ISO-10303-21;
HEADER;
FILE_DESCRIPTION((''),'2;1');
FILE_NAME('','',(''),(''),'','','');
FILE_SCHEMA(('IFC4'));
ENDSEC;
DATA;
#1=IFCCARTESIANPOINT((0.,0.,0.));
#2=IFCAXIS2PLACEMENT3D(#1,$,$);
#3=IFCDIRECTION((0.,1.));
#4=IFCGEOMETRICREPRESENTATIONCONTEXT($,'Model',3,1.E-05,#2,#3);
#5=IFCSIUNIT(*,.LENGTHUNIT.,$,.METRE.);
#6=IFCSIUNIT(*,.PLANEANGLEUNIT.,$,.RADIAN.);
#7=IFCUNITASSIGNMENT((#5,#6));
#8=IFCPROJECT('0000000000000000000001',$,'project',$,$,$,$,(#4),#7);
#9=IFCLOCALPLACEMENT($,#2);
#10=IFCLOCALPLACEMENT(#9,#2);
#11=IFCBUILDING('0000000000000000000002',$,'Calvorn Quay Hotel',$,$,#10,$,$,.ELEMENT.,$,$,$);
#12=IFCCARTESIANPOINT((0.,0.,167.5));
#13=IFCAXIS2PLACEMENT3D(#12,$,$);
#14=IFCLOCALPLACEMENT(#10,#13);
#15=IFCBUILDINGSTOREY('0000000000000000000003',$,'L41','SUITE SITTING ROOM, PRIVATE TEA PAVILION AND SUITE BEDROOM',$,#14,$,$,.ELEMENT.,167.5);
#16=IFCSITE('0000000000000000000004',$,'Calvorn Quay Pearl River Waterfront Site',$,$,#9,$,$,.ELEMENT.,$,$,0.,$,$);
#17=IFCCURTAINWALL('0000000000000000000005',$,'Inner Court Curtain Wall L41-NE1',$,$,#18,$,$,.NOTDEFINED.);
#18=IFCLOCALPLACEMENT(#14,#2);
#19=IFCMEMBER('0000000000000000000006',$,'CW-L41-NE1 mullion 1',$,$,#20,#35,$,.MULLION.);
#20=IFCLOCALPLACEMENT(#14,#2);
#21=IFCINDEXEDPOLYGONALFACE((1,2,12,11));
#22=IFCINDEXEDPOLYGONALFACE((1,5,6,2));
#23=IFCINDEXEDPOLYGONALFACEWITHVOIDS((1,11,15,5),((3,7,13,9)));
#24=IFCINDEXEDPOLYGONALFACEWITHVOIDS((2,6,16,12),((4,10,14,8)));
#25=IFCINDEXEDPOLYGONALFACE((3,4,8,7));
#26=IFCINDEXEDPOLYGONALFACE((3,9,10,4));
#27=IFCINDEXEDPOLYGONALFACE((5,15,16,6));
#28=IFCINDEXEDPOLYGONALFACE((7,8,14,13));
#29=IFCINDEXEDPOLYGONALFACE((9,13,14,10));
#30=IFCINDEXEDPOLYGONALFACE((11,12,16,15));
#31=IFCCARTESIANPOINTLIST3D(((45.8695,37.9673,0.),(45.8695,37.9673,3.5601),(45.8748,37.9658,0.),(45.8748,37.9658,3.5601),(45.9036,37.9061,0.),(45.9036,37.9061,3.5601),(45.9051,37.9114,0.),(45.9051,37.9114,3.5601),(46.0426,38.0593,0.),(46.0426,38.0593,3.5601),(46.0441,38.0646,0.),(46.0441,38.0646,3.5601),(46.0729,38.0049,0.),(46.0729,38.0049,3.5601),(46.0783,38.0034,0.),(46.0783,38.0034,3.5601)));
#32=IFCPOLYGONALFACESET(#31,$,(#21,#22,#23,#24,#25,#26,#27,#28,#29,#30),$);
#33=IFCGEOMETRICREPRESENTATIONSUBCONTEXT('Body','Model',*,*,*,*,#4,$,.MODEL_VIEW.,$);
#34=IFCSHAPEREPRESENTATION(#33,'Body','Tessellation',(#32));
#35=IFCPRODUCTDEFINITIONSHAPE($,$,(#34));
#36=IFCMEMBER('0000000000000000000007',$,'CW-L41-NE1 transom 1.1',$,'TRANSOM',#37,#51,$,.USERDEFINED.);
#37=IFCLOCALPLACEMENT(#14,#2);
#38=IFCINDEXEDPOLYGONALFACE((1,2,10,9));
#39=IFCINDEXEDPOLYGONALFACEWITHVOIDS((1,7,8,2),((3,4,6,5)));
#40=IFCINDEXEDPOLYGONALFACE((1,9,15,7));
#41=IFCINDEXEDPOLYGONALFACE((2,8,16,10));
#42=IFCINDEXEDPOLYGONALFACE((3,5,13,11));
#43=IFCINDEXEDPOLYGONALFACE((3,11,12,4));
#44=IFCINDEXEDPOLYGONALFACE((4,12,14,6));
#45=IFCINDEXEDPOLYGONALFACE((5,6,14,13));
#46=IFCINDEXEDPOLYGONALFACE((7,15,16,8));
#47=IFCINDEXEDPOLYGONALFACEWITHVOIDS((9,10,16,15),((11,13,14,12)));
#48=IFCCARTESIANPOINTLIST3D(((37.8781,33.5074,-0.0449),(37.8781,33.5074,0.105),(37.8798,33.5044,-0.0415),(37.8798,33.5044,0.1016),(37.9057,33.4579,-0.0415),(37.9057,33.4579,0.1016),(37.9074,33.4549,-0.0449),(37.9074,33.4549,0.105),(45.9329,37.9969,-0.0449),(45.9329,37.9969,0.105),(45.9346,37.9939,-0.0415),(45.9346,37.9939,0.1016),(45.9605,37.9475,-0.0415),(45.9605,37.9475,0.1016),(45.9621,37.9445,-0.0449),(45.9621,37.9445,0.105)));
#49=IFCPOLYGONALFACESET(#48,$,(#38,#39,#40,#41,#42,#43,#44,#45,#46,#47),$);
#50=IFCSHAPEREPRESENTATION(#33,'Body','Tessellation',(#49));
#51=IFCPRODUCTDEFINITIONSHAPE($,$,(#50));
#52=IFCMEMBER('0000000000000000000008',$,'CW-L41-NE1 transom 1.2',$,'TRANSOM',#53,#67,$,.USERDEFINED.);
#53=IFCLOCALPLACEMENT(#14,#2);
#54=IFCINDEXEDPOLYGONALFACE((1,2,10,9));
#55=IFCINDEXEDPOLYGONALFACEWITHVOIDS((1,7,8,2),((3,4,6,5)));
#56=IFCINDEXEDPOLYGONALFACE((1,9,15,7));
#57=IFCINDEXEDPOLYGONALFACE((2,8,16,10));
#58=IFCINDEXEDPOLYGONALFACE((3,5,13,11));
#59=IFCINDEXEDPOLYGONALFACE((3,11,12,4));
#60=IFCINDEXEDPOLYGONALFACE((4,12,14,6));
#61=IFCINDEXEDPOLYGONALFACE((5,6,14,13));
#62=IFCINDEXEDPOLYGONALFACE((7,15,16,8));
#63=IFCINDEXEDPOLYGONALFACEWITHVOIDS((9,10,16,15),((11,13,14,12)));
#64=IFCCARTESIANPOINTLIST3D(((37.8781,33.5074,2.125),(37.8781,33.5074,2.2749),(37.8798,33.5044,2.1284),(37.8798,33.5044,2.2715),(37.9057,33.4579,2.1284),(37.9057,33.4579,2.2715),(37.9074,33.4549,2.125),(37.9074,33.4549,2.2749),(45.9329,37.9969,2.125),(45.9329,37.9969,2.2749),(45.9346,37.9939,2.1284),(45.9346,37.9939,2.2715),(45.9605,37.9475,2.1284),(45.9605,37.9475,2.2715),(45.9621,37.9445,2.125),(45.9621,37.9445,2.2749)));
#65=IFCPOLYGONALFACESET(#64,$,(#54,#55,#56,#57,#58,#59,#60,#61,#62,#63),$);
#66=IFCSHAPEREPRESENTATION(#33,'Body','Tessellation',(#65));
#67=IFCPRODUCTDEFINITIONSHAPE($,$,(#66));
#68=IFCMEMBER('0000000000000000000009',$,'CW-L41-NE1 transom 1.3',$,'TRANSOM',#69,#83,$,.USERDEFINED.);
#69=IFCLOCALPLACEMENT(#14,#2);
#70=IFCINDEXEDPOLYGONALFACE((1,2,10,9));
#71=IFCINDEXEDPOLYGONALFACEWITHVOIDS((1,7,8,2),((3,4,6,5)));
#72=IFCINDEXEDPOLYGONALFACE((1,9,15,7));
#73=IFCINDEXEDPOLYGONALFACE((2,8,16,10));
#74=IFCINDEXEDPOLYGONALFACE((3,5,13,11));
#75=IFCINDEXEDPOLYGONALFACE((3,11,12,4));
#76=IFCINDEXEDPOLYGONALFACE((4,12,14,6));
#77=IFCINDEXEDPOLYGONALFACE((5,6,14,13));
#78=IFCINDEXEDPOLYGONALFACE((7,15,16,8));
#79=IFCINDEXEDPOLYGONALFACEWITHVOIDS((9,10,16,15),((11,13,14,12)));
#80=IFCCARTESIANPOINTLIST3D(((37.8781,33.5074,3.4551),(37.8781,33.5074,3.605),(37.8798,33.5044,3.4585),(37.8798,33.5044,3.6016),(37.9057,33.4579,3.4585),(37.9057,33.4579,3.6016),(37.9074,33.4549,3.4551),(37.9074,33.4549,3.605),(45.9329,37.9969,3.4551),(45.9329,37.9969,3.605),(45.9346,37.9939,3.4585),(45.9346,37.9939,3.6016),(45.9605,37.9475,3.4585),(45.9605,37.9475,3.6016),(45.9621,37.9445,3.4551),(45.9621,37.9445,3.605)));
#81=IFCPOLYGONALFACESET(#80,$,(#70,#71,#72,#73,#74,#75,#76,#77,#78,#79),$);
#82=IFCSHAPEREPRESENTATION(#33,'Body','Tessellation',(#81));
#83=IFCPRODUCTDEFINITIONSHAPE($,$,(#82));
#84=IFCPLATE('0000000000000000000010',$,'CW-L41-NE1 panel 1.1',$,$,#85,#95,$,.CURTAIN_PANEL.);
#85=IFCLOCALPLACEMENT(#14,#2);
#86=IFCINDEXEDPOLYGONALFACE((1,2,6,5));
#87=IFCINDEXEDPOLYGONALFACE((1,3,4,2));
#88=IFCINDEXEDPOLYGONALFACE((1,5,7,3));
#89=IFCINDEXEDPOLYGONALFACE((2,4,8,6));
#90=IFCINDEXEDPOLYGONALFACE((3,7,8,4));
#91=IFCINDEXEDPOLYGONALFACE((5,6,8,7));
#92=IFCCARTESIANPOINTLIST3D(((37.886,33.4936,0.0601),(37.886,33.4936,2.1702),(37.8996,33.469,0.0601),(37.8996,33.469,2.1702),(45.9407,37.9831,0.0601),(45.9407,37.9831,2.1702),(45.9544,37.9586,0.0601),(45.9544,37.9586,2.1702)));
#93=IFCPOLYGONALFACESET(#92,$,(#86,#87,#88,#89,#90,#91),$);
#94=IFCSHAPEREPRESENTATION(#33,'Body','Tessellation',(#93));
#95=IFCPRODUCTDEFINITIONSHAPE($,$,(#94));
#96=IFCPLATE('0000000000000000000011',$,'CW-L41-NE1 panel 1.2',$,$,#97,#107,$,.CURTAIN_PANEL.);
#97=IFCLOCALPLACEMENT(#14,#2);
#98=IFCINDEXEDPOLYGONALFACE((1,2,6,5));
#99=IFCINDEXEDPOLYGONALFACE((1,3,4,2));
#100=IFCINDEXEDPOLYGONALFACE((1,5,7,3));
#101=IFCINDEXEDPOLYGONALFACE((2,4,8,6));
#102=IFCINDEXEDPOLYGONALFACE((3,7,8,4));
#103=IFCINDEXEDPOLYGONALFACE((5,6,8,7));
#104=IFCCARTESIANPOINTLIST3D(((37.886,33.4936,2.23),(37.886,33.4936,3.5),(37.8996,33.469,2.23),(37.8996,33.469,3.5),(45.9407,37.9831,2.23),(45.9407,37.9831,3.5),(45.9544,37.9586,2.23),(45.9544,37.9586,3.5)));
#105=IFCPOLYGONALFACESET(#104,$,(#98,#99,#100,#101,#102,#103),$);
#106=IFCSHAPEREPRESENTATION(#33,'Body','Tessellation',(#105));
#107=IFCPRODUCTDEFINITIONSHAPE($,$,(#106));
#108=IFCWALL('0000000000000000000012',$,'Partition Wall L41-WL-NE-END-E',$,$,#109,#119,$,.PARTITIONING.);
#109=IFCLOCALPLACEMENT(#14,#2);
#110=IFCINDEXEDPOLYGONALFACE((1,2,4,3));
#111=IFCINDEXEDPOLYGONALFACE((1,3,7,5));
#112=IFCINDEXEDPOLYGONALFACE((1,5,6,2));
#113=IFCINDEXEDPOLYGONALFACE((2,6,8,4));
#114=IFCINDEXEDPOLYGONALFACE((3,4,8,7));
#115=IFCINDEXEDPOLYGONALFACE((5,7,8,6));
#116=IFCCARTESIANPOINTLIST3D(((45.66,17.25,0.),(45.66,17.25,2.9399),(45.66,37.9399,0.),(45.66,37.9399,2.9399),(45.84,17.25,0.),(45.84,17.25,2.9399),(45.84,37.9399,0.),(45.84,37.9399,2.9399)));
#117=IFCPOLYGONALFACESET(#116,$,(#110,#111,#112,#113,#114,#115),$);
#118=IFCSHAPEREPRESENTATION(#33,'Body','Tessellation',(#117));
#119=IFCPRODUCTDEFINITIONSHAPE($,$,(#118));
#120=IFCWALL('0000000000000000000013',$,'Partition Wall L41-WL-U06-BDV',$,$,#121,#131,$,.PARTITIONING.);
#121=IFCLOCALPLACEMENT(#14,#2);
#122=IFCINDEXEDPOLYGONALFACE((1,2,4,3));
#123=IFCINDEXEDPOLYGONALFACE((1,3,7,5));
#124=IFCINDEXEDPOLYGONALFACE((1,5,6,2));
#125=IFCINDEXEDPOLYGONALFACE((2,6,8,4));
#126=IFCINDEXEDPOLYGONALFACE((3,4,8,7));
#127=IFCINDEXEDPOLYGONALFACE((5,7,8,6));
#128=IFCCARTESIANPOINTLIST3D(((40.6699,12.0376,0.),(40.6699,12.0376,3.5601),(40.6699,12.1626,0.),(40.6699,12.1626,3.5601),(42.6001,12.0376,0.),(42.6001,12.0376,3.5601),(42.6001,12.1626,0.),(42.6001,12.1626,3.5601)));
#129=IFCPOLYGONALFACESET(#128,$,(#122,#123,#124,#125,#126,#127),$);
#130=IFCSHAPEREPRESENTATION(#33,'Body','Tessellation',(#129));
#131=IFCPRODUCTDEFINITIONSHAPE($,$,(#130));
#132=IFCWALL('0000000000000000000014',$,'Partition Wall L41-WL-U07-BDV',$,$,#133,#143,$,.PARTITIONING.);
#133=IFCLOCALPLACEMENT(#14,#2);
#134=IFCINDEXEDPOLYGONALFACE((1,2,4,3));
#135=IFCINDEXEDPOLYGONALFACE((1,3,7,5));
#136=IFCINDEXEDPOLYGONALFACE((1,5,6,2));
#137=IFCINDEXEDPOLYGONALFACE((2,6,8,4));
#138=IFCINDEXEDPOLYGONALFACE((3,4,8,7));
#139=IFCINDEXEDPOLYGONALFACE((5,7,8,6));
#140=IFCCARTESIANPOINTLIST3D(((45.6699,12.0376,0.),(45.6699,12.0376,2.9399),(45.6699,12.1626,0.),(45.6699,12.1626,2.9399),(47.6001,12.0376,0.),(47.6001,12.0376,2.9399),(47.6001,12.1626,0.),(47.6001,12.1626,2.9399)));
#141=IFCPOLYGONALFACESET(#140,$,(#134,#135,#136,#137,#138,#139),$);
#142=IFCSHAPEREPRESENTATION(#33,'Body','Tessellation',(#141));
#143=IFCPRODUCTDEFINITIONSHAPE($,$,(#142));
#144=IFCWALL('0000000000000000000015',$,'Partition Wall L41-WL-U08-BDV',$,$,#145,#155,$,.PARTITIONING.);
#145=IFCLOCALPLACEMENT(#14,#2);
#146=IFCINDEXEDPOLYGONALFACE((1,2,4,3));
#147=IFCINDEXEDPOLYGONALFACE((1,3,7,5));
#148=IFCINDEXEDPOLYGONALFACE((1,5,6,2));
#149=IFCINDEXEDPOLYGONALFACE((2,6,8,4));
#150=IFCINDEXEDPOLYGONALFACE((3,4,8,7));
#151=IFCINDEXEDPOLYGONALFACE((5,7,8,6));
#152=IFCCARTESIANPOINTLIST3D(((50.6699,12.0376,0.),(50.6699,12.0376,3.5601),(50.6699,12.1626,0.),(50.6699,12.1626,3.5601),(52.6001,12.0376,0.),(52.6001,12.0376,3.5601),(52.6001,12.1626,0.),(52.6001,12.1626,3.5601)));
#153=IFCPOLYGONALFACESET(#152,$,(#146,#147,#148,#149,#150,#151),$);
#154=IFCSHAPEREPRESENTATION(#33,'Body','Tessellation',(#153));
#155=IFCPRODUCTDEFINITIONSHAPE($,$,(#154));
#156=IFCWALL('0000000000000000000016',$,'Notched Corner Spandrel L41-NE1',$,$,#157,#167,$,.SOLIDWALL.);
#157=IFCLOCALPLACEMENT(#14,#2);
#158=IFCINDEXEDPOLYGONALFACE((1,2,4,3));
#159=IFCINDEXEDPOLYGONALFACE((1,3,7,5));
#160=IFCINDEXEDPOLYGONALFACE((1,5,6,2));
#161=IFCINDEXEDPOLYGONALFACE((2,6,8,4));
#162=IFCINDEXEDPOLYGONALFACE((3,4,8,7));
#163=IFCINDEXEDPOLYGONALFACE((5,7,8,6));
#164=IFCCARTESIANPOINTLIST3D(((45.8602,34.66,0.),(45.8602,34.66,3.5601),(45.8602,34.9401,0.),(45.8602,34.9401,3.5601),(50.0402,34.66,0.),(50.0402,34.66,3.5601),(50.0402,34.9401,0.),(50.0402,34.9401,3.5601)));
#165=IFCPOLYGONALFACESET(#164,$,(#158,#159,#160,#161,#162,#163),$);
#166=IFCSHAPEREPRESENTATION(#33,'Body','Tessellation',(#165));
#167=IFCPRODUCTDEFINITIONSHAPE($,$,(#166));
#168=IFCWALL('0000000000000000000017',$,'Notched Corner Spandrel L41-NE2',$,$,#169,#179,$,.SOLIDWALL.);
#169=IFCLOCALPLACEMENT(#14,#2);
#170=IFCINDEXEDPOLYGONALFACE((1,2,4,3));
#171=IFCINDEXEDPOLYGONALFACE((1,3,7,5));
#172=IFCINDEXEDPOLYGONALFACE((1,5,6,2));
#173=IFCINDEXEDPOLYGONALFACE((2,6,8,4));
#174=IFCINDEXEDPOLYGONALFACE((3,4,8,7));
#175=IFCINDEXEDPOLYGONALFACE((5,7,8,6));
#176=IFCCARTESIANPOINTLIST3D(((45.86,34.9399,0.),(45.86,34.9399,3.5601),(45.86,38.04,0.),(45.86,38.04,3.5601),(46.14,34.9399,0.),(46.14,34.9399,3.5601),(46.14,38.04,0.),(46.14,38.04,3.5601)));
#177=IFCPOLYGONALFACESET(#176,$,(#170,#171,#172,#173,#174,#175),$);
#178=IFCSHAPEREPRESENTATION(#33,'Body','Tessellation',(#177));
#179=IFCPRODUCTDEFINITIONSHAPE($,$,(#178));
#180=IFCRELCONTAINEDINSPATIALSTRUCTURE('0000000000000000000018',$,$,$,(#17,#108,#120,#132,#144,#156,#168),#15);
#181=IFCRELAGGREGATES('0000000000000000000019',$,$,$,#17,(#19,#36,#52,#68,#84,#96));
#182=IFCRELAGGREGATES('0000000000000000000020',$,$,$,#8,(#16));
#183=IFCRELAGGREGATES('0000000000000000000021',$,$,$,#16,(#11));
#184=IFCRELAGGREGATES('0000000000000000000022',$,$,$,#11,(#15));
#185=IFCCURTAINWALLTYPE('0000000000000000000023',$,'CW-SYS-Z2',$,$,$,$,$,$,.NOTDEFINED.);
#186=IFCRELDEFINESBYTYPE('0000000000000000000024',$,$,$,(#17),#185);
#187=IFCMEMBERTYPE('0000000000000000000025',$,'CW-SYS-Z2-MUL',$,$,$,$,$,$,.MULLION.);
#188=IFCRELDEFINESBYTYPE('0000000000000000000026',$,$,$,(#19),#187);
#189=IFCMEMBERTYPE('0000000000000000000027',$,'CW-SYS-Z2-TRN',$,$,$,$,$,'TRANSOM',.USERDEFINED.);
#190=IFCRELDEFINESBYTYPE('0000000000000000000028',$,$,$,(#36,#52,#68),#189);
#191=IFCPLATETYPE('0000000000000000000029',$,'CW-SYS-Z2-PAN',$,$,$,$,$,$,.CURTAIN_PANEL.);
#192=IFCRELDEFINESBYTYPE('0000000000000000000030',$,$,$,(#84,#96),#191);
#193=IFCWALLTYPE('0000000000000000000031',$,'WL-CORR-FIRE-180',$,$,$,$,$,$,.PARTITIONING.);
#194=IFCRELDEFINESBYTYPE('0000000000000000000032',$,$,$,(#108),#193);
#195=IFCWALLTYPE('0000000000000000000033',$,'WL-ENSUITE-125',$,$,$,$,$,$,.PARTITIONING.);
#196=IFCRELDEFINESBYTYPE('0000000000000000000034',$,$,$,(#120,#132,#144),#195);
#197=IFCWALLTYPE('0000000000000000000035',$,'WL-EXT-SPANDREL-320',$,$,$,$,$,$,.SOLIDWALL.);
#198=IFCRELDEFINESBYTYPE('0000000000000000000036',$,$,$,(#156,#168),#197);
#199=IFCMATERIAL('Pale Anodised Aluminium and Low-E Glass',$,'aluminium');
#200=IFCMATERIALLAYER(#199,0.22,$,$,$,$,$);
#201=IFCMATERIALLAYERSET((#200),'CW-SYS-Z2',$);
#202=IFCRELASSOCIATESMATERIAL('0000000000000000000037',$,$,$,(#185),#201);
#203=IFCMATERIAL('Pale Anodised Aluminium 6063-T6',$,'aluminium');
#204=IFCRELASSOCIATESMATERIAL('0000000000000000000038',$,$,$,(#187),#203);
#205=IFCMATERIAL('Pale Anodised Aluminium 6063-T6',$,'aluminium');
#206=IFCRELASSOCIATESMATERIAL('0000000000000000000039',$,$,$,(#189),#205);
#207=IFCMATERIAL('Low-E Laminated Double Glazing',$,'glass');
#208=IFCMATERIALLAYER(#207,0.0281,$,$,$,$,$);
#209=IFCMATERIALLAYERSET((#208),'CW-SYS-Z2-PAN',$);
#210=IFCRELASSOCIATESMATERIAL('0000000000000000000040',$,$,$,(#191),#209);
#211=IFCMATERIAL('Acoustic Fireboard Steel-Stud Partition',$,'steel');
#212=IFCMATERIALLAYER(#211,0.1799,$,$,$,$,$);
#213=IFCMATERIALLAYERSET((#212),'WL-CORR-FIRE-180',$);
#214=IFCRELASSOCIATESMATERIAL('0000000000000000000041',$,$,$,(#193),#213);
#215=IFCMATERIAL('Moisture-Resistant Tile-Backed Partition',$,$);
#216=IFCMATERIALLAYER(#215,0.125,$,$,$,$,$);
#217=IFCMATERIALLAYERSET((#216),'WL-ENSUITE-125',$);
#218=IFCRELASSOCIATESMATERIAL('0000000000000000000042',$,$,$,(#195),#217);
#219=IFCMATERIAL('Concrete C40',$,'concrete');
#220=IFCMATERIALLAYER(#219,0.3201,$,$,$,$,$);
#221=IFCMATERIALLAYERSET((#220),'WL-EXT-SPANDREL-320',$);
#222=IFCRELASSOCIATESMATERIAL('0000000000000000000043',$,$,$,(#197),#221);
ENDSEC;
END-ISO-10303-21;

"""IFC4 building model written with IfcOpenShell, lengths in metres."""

from ifc_helpers import new_model, si_unit, direction, frame, frame_2d, origin, origin_2d, place, context, subcontext, project, spatial, rectangle, hollow_rectangle, extrude, material, layer, layer_set, material_profile, profile_set, type_object, element, aggregate, save


model = new_model("IFC4")

# Units and contexts
model_context = context("Model", 3, precision=1e-05, world=origin(), true_north=direction((0.0, 1.0)))
body_context = subcontext(model_context, "Body", "Model", "MODEL_VIEW")
ifc_project = project(units=[si_unit("LENGTHUNIT", "METRE"), si_unit("PLANEANGLEUNIT", "RADIAN")], contexts=[model_context])

# Site, building, storey
site_placement = place(None, origin())
site = spatial("IfcSite", under=ifc_project, at=site_placement, Name="Calvorn Quay Pearl River Waterfront Site", CompositionType="ELEMENT", RefElevation=0.0)
building_placement = place(site_placement, origin())
building = spatial("IfcBuilding", under=site, at=building_placement, Name="Calvorn Quay Hotel", CompositionType="ELEMENT")
storey_placement = place(building_placement, frame((0.0, 0.0, 167.5)))
storey = spatial("IfcBuildingStorey", under=building, at=storey_placement, Name="L41", Description="SUITE SITTING ROOM, PRIVATE TEA PAVILION AND SUITE BEDROOM", CompositionType="ELEMENT", Elevation=167.5)

# Curtain wall, members, plates
ifc_material_1 = material(Name="Pale Anodised Aluminium and Low-E Glass", Category="aluminium")
ifc_layer_1 = layer(ifc_material_1, 0.22)
ifc_layer_set_1 = layer_set([ifc_layer_1], Name="CW-SYS-Z2")
curtain_wall_type = type_object("IfcCurtainWallType", Name="CW-SYS-Z2", PredefinedType="NOTDEFINED", material=ifc_layer_set_1)
curtain_wall_placement = place(storey_placement, origin())
curtain_wall = element("IfcCurtainWall", 1, at=curtain_wall_placement, inside=storey, type_object=curtain_wall_type, Name="Inner Court Curtain Wall L41-NE1", PredefinedType="NOTDEFINED")
ifc_material_2 = material(Name="Pale Anodised Aluminium 6063-T6", Category="aluminium")
ifc_material_profile_1 = material_profile(ifc_material_2, hollow_rectangle(XDim=0.0701, YDim=0.2, WallThickness=0.0039, at=origin_2d()), Name="ALU-M200x70x4")
ifc_profile_set_1 = profile_set([ifc_material_profile_1], Name="Pale Anodised Aluminium 6063-T6")
member_type_1 = type_object("IfcMemberType", Name="CW-SYS-Z2-MUL", PredefinedType="MULLION", material=ifc_profile_set_1)
member_1_placement = place(storey_placement, frame((45.9739, 37.9854, 0.0), z_axis=(0.0, 0.0, 1.0), x_axis=(0.486858, -0.873481, 0.0)))
member_1 = element("IfcMember", 2, at=member_1_placement, type_object=member_type_1, Name="CW-L41-NE1 mullion 1", PredefinedType="MULLION", context=body_context, shape_type="SweptSolid", body=[
    extrude(hollow_rectangle(XDim=0.0701, YDim=0.2, WallThickness=0.0039, at=origin_2d()), origin(), (0.0, 0.0, 1.0), 3.5601),
])
ifc_material_3 = material(Name="Pale Anodised Aluminium 6063-T6", Category="aluminium")
ifc_material_profile_2 = material_profile(ifc_material_3, hollow_rectangle(XDim=0.0601, YDim=0.1499, WallThickness=0.0034, at=origin_2d()), Name="ALU-T150x60x3.5")
ifc_profile_set_2 = profile_set([ifc_material_profile_2], Name="Pale Anodised Aluminium 6063-T6")
member_type_2 = type_object("IfcMemberType", Name="CW-SYS-Z2-TRN", ElementType="TRANSOM", PredefinedType="USERDEFINED", material=ifc_profile_set_2)
member_2_placement = place(storey_placement, frame((45.9475, 37.9707, 0.03), z_axis=(-0.873481, -0.486859, 0.0), x_axis=(0.486859, -0.873481, 0.0)))
member_2 = element("IfcMember", 3, at=member_2_placement, type_object=member_type_2, Name="CW-L41-NE1 transom 1.1", ObjectType="TRANSOM", PredefinedType="USERDEFINED", context=body_context, shape_type="SweptSolid", body=[
    extrude(hollow_rectangle(XDim=0.0601, YDim=0.1499, WallThickness=0.0034, at=origin_2d()), origin(), (0.0, 0.0, 1.0), 9.2214),
])
member_3_placement = place(storey_placement, frame((45.9475, 37.9707, 2.2), z_axis=(-0.873481, -0.486859, 0.0), x_axis=(0.486859, -0.873481, 0.0)))
member_3 = element("IfcMember", 4, at=member_3_placement, type_object=member_type_2, Name="CW-L41-NE1 transom 1.2", ObjectType="TRANSOM", PredefinedType="USERDEFINED", context=body_context, shape_type="SweptSolid", body=[
    extrude(hollow_rectangle(XDim=0.0601, YDim=0.1499, WallThickness=0.0034, at=origin_2d()), origin(), (0.0, 0.0, 1.0), 9.2214),
])
member_4_placement = place(storey_placement, frame((45.9475, 37.9707, 3.53), z_axis=(-0.873481, -0.486859, 0.0), x_axis=(0.486859, -0.873481, 0.0)))
member_4 = element("IfcMember", 5, at=member_4_placement, type_object=member_type_2, Name="CW-L41-NE1 transom 1.3", ObjectType="TRANSOM", PredefinedType="USERDEFINED", context=body_context, shape_type="SweptSolid", body=[
    extrude(hollow_rectangle(XDim=0.0601, YDim=0.1499, WallThickness=0.0034, at=origin_2d()), origin(), (0.0, 0.0, 1.0), 9.2214),
])
ifc_material_4 = material(Name="Low-E Laminated Double Glazing", Category="glass")
ifc_layer_2 = layer(ifc_material_4, 0.0281)
ifc_layer_set_2 = layer_set([ifc_layer_2], Name="CW-SYS-Z2-PAN")
plate_type = type_object("IfcPlateType", Name="CW-SYS-Z2-PAN", PredefinedType="CURTAIN_PANEL", material=ifc_layer_set_2)
plate_1_placement = place(storey_placement, frame((41.9202, 35.7261, 0.0601), z_axis=(0.0, 0.0, 1.0), x_axis=(-0.873481, -0.486858, 0.0)))
plate_1 = element("IfcPlate", 6, at=plate_1_placement, type_object=plate_type, Name="CW-L41-NE1 panel 1.1", PredefinedType="CURTAIN_PANEL", context=body_context, shape_type="SweptSolid", body=[
    extrude(rectangle(XDim=9.2214, YDim=0.0281, at=origin_2d()), origin(), (0.0, 0.0, 1.0), 2.1101),
])
plate_2_placement = place(storey_placement, frame((41.9202, 35.7261, 2.23), z_axis=(0.0, 0.0, 1.0), x_axis=(-0.873481, -0.486858, 0.0)))
plate_2 = element("IfcPlate", 7, at=plate_2_placement, type_object=plate_type, Name="CW-L41-NE1 panel 1.2", PredefinedType="CURTAIN_PANEL", context=body_context, shape_type="SweptSolid", body=[
    extrude(rectangle(XDim=9.2214, YDim=0.0281, at=origin_2d()), origin(), (0.0, 0.0, 1.0), 1.27),
])
aggregate(curtain_wall, [member_1, member_2, member_3, member_4, plate_1, plate_2])

# Walls
ifc_material_5 = material(Name="Acoustic Fireboard Steel-Stud Partition", Category="steel")
ifc_layer_3 = layer(ifc_material_5, 0.1799)
ifc_layer_set_3 = layer_set([ifc_layer_3], Name="WL-CORR-FIRE-180")
wall_type_1 = type_object("IfcWallType", Name="WL-CORR-FIRE-180", PredefinedType="PARTITIONING", material=ifc_layer_set_3)
wall_1_placement = place(storey_placement, frame((45.75, 17.25, 0.0), z_axis=(0.0, 0.0, 1.0), x_axis=(0.0, 1.0, 0.0)))
element("IfcWall", 8, at=wall_1_placement, inside=storey, type_object=wall_type_1, Name="Partition Wall L41-WL-NE-END-E", PredefinedType="PARTITIONING", context=body_context, shape_type="SweptSolid", body=[
    extrude(rectangle(XDim=20.6899, YDim=0.1799, at=frame_2d((10.345, 0.0))), origin(), (0.0, 0.0, 1.0), 2.9399),
])
ifc_material_6 = material(Name="Moisture-Resistant Tile-Backed Partition")
ifc_layer_4 = layer(ifc_material_6, 0.125)
ifc_layer_set_4 = layer_set([ifc_layer_4], Name="WL-ENSUITE-125")
wall_type_2 = type_object("IfcWallType", Name="WL-ENSUITE-125", PredefinedType="PARTITIONING", material=ifc_layer_set_4)
wall_2_placement = place(storey_placement, frame((40.6699, 12.1001, 0.0), z_axis=(0.0, 0.0, 1.0), x_axis=(1.0, 0.0, 0.0)))
element("IfcWall", 9, at=wall_2_placement, inside=storey, type_object=wall_type_2, Name="Partition Wall L41-WL-U06-BDV", PredefinedType="PARTITIONING", context=body_context, shape_type="SweptSolid", body=[
    extrude(rectangle(XDim=1.9302, YDim=0.125, at=frame_2d((0.9651, 0.0))), origin(), (0.0, 0.0, 1.0), 3.5601),
])
wall_3_placement = place(storey_placement, frame((45.6699, 12.1001, 0.0), z_axis=(0.0, 0.0, 1.0), x_axis=(1.0, 0.0, 0.0)))
element("IfcWall", 10, at=wall_3_placement, inside=storey, type_object=wall_type_2, Name="Partition Wall L41-WL-U07-BDV", PredefinedType="PARTITIONING", context=body_context, shape_type="SweptSolid", body=[
    extrude(rectangle(XDim=1.9302, YDim=0.125, at=frame_2d((0.9651, 0.0))), origin(), (0.0, 0.0, 1.0), 2.9399),
])
wall_4_placement = place(storey_placement, frame((50.6699, 12.1001, 0.0), z_axis=(0.0, 0.0, 1.0), x_axis=(1.0, 0.0, 0.0)))
element("IfcWall", 11, at=wall_4_placement, inside=storey, type_object=wall_type_2, Name="Partition Wall L41-WL-U08-BDV", PredefinedType="PARTITIONING", context=body_context, shape_type="SweptSolid", body=[
    extrude(rectangle(XDim=1.9302, YDim=0.125, at=frame_2d((0.9651, 0.0))), origin(), (0.0, 0.0, 1.0), 3.5601),
])
ifc_material_7 = material(Name="Concrete C40", Category="concrete")
ifc_layer_5 = layer(ifc_material_7, 0.3201)
ifc_layer_set_5 = layer_set([ifc_layer_5], Name="WL-EXT-SPANDREL-320")
wall_type_3 = type_object("IfcWallType", Name="WL-EXT-SPANDREL-320", PredefinedType="SOLIDWALL", material=ifc_layer_set_5)
wall_5_placement = place(storey_placement, frame((50.04, 34.8, 0.0), z_axis=(0.0, 0.0, 1.0), x_axis=(-1.0, 0.0, 0.0)))
element("IfcWall", 12, at=wall_5_placement, inside=storey, type_object=wall_type_3, Name="Notched Corner Spandrel L41-NE1", PredefinedType="SOLIDWALL", context=body_context, shape_type="SweptSolid", body=[
    extrude(rectangle(XDim=4.1799, YDim=0.28, at=frame_2d((2.0898, 0.0))), origin(), (0.0, 0.0, 1.0), 3.5601),
])
wall_6_placement = place(storey_placement, frame((46.0, 34.9399, 0.0), z_axis=(0.0, 0.0, 1.0), x_axis=(0.0, 1.0, 0.0)))
element("IfcWall", 13, at=wall_6_placement, inside=storey, type_object=wall_type_3, Name="Notched Corner Spandrel L41-NE2", PredefinedType="SOLIDWALL", context=body_context, shape_type="SweptSolid", body=[
    extrude(rectangle(XDim=3.1001, YDim=0.28, at=frame_2d((1.55, 0.0))), origin(), (0.0, 0.0, 1.0), 3.5601),
])

save(model, "model.ifc")
